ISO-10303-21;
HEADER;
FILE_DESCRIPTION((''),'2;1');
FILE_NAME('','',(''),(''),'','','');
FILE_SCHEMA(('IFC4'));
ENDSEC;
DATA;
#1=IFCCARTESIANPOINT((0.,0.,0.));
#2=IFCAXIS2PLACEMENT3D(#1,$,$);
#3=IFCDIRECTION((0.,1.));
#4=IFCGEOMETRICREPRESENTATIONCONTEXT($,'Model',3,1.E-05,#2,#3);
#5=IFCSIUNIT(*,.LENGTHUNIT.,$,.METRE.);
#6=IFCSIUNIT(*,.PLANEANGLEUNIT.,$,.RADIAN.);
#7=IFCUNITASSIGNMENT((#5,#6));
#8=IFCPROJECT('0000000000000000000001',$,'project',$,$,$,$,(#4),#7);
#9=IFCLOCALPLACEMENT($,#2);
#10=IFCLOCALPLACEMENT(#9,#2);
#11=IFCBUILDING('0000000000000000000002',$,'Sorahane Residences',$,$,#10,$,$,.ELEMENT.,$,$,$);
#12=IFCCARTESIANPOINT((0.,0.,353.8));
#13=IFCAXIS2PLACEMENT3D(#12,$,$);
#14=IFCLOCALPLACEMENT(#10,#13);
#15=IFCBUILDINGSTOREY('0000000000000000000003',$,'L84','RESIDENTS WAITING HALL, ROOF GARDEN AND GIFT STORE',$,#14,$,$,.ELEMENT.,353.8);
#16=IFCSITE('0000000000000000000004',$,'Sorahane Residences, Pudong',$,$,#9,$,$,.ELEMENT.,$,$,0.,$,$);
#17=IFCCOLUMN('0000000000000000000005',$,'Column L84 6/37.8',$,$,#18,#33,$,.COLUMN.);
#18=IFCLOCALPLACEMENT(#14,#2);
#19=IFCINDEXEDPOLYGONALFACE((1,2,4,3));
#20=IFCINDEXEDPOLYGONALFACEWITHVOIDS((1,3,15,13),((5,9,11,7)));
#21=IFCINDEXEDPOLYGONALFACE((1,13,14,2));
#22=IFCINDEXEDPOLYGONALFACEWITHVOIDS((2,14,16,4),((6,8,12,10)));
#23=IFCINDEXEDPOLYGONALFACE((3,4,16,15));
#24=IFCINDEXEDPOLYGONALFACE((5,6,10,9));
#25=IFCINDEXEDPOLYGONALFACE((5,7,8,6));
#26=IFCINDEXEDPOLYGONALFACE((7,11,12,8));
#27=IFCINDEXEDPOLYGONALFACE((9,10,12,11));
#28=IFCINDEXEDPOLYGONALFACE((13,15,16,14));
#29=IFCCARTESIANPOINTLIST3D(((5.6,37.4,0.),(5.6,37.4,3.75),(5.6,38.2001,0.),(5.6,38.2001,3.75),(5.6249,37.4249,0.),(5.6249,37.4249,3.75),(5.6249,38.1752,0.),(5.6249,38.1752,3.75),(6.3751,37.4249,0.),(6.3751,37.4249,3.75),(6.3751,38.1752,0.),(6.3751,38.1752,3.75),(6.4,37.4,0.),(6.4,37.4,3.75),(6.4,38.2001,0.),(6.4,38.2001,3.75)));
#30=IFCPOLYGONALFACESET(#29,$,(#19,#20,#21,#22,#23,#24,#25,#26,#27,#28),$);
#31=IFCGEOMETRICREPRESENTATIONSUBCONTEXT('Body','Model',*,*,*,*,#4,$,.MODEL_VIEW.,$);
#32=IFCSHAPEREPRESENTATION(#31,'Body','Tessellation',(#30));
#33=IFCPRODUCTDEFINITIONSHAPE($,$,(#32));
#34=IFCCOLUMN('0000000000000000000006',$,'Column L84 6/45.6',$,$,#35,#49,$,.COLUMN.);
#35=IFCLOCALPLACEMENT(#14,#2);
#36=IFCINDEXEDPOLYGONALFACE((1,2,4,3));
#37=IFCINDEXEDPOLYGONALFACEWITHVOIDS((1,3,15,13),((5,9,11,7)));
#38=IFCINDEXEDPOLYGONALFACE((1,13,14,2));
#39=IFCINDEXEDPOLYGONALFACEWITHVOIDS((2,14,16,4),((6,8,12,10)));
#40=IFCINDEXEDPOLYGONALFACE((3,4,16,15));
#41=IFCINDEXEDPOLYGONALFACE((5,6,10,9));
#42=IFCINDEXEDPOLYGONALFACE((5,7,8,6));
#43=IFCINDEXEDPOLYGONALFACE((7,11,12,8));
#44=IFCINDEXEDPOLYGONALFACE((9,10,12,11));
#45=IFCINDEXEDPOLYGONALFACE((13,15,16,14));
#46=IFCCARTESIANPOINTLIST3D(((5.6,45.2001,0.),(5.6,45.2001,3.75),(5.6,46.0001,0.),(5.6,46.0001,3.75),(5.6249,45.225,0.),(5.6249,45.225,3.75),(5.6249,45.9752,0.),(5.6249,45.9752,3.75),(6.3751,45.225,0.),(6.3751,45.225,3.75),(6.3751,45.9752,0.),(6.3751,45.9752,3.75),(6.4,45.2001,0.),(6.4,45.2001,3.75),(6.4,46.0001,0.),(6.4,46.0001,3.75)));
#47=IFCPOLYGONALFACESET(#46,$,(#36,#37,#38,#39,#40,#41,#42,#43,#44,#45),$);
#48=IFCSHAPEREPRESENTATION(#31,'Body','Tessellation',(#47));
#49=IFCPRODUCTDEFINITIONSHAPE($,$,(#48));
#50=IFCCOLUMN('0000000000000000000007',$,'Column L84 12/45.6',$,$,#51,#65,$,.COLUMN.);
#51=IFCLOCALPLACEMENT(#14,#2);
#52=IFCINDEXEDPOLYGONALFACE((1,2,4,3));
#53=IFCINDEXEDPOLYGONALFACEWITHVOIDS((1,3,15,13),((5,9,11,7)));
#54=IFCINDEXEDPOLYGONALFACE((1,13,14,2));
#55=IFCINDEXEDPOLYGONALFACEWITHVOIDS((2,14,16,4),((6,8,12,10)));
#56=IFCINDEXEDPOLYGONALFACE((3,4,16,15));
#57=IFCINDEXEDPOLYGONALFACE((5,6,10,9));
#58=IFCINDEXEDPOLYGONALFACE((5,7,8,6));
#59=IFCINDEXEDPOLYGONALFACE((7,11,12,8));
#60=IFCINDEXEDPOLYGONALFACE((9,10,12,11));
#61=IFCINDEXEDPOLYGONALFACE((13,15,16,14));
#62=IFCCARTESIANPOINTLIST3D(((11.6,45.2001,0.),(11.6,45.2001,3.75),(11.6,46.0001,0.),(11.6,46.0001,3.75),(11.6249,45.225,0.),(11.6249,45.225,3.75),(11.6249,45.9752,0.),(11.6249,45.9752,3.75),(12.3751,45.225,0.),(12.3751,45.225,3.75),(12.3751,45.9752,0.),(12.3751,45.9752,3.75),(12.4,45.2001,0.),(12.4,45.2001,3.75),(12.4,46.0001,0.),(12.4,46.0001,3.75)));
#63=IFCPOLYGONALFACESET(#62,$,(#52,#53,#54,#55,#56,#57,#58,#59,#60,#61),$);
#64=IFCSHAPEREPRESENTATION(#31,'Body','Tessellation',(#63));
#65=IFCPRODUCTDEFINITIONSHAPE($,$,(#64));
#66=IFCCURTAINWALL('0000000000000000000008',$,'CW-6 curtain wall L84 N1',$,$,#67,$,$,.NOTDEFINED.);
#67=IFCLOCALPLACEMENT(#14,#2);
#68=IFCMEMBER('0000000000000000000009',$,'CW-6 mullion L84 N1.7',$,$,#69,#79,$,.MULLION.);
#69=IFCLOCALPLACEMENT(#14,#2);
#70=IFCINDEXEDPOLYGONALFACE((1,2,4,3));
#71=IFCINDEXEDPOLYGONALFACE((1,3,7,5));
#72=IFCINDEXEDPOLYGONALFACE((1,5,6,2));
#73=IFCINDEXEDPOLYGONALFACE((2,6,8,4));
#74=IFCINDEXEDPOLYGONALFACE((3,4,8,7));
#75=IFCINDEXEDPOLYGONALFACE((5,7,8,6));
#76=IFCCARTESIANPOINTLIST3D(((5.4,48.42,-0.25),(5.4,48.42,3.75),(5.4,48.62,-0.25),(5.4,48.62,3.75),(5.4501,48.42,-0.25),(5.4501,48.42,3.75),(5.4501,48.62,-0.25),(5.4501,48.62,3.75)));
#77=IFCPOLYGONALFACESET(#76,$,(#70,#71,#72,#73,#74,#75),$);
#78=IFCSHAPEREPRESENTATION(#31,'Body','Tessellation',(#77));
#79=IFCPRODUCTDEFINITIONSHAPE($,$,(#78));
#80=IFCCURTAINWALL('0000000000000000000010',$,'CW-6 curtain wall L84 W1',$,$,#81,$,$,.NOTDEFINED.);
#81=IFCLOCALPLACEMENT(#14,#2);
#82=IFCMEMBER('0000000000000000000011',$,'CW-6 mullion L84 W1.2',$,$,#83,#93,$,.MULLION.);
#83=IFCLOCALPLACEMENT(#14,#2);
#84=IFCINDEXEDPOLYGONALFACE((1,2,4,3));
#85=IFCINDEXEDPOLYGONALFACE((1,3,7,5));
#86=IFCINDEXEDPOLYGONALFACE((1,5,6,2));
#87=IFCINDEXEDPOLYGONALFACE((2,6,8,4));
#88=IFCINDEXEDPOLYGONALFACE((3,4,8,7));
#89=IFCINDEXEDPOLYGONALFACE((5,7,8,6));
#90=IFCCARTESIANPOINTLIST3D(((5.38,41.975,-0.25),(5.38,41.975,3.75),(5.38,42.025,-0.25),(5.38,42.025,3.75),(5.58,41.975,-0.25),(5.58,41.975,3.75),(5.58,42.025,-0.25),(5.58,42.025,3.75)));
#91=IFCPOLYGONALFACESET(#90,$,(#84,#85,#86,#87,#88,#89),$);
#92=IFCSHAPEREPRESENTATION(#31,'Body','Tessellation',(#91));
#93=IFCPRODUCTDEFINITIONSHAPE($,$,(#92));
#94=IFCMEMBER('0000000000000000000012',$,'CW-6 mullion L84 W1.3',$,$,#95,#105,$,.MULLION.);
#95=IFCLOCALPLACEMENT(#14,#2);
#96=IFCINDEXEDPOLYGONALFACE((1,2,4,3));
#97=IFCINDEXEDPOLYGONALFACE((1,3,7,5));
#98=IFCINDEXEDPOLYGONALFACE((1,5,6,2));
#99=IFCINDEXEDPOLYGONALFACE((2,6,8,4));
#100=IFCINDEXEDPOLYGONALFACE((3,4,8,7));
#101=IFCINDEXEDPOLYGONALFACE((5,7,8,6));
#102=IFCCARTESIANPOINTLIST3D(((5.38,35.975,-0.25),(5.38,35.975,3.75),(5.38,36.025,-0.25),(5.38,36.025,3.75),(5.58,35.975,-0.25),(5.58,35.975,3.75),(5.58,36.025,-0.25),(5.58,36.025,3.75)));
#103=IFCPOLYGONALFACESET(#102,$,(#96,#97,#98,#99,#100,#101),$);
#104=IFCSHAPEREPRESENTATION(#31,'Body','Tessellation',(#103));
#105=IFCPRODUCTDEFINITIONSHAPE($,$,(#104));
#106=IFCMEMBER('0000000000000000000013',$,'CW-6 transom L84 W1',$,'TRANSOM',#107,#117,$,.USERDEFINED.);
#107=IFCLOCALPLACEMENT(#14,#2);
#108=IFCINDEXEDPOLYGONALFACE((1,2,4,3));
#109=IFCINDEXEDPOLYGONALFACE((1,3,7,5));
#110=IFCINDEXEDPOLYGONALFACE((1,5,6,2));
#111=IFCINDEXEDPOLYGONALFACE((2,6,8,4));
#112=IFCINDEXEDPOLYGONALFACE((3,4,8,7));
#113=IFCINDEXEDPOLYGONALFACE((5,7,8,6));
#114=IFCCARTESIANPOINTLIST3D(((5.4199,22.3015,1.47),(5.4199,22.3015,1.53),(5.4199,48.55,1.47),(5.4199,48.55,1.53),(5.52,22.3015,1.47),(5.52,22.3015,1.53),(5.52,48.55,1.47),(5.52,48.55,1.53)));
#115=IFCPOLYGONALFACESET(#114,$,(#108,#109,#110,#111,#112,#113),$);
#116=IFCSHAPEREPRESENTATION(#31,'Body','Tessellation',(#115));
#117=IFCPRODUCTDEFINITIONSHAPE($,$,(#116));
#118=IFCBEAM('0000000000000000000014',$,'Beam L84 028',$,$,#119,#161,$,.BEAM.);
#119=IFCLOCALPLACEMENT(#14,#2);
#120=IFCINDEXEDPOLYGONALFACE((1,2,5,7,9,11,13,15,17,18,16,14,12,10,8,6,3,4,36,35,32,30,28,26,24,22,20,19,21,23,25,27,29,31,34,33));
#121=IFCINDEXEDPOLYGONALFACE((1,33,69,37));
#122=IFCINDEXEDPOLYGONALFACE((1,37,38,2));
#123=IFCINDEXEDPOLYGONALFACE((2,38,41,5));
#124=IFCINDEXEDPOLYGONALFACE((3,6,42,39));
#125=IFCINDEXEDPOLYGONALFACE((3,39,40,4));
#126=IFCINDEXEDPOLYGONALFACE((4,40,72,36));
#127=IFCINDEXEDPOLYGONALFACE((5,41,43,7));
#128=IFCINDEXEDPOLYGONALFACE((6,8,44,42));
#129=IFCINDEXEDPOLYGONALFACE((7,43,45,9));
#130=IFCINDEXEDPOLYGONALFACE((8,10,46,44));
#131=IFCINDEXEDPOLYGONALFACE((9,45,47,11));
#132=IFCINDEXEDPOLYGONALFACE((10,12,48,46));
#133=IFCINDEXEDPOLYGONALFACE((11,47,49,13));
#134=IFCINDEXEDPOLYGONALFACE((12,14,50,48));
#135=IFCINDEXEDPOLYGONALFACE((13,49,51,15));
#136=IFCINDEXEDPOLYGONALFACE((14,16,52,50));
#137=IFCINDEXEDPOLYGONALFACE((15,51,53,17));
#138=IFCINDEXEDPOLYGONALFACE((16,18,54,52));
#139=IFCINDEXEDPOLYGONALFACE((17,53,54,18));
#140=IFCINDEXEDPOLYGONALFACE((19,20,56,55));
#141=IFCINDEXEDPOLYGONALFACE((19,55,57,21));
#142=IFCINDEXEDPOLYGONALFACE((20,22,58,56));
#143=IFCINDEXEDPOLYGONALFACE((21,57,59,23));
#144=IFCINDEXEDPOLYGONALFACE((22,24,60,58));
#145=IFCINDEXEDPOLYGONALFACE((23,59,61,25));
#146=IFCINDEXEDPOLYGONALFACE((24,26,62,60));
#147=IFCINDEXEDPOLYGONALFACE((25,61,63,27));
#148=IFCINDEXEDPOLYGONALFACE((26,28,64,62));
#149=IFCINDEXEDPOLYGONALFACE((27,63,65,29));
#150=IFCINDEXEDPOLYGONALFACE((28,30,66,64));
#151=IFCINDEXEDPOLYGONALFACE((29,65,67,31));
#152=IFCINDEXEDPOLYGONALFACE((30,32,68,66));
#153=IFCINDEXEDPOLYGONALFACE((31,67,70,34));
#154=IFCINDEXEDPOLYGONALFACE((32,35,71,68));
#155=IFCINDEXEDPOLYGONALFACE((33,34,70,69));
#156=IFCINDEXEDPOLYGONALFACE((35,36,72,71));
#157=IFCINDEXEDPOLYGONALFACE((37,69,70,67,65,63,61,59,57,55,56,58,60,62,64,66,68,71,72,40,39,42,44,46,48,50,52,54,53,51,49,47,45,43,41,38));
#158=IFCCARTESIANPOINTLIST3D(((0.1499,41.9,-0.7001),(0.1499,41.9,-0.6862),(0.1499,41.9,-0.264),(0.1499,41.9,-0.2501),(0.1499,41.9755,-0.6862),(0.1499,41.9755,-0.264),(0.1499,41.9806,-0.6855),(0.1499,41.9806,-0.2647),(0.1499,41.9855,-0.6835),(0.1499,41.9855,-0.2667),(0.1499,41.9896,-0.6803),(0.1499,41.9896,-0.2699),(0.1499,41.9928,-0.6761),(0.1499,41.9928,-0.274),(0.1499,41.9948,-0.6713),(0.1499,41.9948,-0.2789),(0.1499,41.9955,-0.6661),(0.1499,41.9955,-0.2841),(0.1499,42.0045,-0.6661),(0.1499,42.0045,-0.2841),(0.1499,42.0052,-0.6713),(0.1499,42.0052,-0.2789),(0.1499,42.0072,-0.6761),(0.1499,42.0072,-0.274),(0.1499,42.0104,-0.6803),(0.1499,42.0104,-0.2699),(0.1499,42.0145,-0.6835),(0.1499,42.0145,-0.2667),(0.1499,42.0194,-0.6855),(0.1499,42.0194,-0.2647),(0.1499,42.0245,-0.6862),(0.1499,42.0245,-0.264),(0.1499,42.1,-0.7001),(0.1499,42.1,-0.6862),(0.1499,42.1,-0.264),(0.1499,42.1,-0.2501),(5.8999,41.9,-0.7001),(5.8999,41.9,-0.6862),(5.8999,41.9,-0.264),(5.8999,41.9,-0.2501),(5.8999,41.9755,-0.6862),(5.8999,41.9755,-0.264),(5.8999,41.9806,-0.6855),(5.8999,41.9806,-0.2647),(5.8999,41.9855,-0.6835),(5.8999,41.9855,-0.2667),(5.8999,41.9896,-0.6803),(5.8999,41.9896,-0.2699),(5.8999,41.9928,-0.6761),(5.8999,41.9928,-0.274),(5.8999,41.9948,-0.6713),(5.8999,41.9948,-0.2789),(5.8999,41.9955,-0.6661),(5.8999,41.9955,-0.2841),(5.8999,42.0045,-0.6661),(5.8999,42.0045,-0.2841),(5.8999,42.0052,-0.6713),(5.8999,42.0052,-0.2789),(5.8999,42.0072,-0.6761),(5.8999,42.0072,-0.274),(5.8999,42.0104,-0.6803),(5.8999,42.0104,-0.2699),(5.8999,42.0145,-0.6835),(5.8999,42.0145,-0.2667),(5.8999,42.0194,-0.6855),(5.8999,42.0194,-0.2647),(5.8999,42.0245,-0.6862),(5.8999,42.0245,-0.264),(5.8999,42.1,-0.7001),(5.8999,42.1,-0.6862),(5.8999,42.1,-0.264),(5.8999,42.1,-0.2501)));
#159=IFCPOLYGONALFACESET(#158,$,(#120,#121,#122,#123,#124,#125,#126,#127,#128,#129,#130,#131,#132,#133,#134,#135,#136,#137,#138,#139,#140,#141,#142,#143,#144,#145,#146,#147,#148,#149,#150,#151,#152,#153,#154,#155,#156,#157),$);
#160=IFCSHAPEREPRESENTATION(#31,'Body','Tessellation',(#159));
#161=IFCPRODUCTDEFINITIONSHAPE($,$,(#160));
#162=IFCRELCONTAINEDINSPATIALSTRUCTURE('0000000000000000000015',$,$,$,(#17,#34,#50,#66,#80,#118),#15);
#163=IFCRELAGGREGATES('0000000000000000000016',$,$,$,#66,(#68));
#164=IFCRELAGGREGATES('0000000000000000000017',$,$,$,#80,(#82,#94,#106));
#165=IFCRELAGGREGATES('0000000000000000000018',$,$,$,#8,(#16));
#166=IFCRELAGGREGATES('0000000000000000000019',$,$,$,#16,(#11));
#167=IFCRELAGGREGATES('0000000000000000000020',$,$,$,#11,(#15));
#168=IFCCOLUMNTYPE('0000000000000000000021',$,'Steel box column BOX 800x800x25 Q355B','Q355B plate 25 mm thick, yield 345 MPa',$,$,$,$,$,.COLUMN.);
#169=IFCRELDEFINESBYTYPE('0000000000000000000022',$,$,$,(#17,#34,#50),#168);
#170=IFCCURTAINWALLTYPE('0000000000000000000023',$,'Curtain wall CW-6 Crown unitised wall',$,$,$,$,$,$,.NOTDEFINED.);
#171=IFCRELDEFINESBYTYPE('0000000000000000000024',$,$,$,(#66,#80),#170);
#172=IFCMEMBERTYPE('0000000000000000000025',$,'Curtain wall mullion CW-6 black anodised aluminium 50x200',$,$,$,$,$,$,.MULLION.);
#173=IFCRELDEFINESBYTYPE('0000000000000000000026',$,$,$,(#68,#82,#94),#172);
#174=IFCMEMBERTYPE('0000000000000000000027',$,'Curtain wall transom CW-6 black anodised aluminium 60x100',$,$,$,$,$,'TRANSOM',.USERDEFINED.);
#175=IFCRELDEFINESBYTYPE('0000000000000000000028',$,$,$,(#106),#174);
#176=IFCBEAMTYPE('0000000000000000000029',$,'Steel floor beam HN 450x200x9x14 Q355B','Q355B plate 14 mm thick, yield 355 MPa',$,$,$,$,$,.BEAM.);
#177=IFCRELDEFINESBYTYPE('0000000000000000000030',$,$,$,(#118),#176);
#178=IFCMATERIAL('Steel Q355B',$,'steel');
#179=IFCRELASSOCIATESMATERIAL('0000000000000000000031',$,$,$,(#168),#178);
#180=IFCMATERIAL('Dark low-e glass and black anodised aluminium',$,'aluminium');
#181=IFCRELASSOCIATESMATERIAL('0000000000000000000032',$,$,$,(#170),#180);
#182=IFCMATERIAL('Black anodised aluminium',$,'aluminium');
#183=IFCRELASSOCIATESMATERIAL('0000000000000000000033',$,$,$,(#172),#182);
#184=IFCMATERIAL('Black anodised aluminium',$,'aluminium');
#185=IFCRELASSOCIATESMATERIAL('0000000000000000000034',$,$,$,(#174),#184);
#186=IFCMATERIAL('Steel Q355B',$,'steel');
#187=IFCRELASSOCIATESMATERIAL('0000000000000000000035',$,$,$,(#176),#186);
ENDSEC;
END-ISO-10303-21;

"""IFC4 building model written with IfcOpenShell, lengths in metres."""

from ifc_helpers import new_model, si_unit, direction, frame, origin, origin_2d, place, context, subcontext, project, spatial, rectangle, hollow_rectangle, i_section, extrude, material, material_profile, profile_set, type_object, element, aggregate, save


model = new_model("IFC4")

# Units and contexts
model_context = context("Model", 3, precision=1e-05, world=origin(), true_north=direction((0.0, 1.0)))
body_context = subcontext(model_context, "Body", "Model", "MODEL_VIEW")
ifc_project = project(units=[si_unit("LENGTHUNIT", "METRE"), si_unit("PLANEANGLEUNIT", "RADIAN")], contexts=[model_context])

# Site, building, storey
site_placement = place(None, origin())
site = spatial("IfcSite", under=ifc_project, at=site_placement, Name="Sorahane Residences, Pudong", CompositionType="ELEMENT", RefElevation=0.0)
building_placement = place(site_placement, origin())
building = spatial("IfcBuilding", under=site, at=building_placement, Name="Sorahane Residences", CompositionType="ELEMENT")
storey_placement = place(building_placement, frame((0.0, 0.0, 353.8)))
storey = spatial("IfcBuildingStorey", under=building, at=storey_placement, Name="L84", Description="RESIDENTS WAITING HALL, ROOF GARDEN AND GIFT STORE", CompositionType="ELEMENT", Elevation=353.8)

# Columns
ifc_material_1 = material(Name="Steel Q355B", Category="steel")
ifc_material_profile_1 = material_profile(ifc_material_1, hollow_rectangle(XDim=0.8, YDim=0.8, WallThickness=0.0249, at=origin_2d()), Name="BOX 800x800x25")
ifc_profile_set_1 = profile_set([ifc_material_profile_1], Name="Steel Q355B")
column_type = type_object("IfcColumnType", Name="Steel box column BOX 800x800x25 Q355B", Description="Q355B plate 25 mm thick, yield 345 MPa", PredefinedType="COLUMN", material=ifc_profile_set_1)
for number, where, z_axis, x_axis, name in (
    (1, (6.0, 37.8, 0.0), (0.0, 0.0, 1.0), (1.0, 0.0, 0.0), "Column L84 6/37.8"),
    (2, (6.0, 45.6001, 0.0), (0.0, 0.0, 1.0), (1.0, 0.0, 0.0), "Column L84 6/45.6"),
    (3, (12.0, 45.6001, 0.0), (0.0, 0.0, 1.0), (1.0, 0.0, 0.0), "Column L84 12/45.6"),
):
    element("IfcColumn", number, at=place(storey_placement, frame(where, z_axis=z_axis, x_axis=x_axis)), inside=storey, type_object=column_type, Name=name, PredefinedType="COLUMN", context=body_context, shape_type="SweptSolid", body=[
        extrude(hollow_rectangle(XDim=0.8, YDim=0.8, WallThickness=0.0249, at=origin_2d()), origin(), (0.0, 0.0, 1.0), 3.75),
    ])

# Curtain wall, member
ifc_material_2 = material(Name="Dark low-e glass and black anodised aluminium", Category="aluminium")
curtain_wall_type = type_object("IfcCurtainWallType", Name="Curtain wall CW-6 Crown unitised wall", PredefinedType="NOTDEFINED", material=ifc_material_2)
curtain_wall_1_placement = place(storey_placement, origin())
curtain_wall_1 = element("IfcCurtainWall", 4, at=curtain_wall_1_placement, inside=storey, type_object=curtain_wall_type, Name="CW-6 curtain wall L84 N1", PredefinedType="NOTDEFINED")
ifc_material_3 = material(Name="Black anodised aluminium", Category="aluminium")
ifc_material_profile_2 = material_profile(ifc_material_3, rectangle(XDim=0.2, YDim=0.05, at=origin_2d()), Name="Curtain wall mullion CW-6 black anodised aluminium 50x200")
ifc_profile_set_2 = profile_set([ifc_material_profile_2], Name="Black anodised aluminium")
member_type_1 = type_object("IfcMemberType", Name="Curtain wall mullion CW-6 black anodised aluminium 50x200", PredefinedType="MULLION", material=ifc_profile_set_2)
member_1_placement = place(storey_placement, frame((5.425, 48.52, -0.25), z_axis=(0.0, 0.0, 1.0), x_axis=(0.0, 1.0, 0.0)))
member_1 = element("IfcMember", 5, at=member_1_placement, type_object=member_type_1, Name="CW-6 mullion L84 N1.7", PredefinedType="MULLION", context=body_context, shape_type="SweptSolid", body=[
    extrude(rectangle(XDim=0.2, YDim=0.05, at=origin_2d()), origin(), (0.0, 0.0, 1.0), 4.0),
])

# Curtain wall, members
curtain_wall_2_placement = place(storey_placement, origin())
curtain_wall_2 = element("IfcCurtainWall", 6, at=curtain_wall_2_placement, inside=storey, type_object=curtain_wall_type, Name="CW-6 curtain wall L84 W1", PredefinedType="NOTDEFINED")
member_2_placement = place(storey_placement, frame((5.48, 42.0, -0.25), z_axis=(0.0, 0.0, 1.0), x_axis=(-1.0, 0.0, 0.0)))
member_2 = element("IfcMember", 7, at=member_2_placement, type_object=member_type_1, Name="CW-6 mullion L84 W1.2", PredefinedType="MULLION", context=body_context, shape_type="SweptSolid", body=[
    extrude(rectangle(XDim=0.2, YDim=0.05, at=origin_2d()), origin(), (0.0, 0.0, 1.0), 4.0),
])
member_3_placement = place(storey_placement, frame((5.48, 36.0, -0.25), z_axis=(0.0, 0.0, 1.0), x_axis=(-1.0, 0.0, 0.0)))
member_3 = element("IfcMember", 8, at=member_3_placement, type_object=member_type_1, Name="CW-6 mullion L84 W1.3", PredefinedType="MULLION", context=body_context, shape_type="SweptSolid", body=[
    extrude(rectangle(XDim=0.2, YDim=0.05, at=origin_2d()), origin(), (0.0, 0.0, 1.0), 4.0),
])
ifc_material_4 = material(Name="Black anodised aluminium", Category="aluminium")
ifc_material_profile_3 = material_profile(ifc_material_4, rectangle(XDim=0.1001, YDim=0.0601, at=origin_2d()), Name="Curtain wall transom CW-6 black anodised aluminium 60x100")
ifc_profile_set_3 = profile_set([ifc_material_profile_3], Name="Black anodised aluminium")
member_type_2 = type_object("IfcMemberType", Name="Curtain wall transom CW-6 black anodised aluminium 60x100", ElementType="TRANSOM", PredefinedType="USERDEFINED", material=ifc_profile_set_3)
member_4_placement = place(storey_placement, frame((5.47, 48.55, 1.5), z_axis=(0.0, -1.0, 0.0), x_axis=(1.0, 0.0, 0.0)))
member_4 = element("IfcMember", 9, at=member_4_placement, type_object=member_type_2, Name="CW-6 transom L84 W1", ObjectType="TRANSOM", PredefinedType="USERDEFINED", context=body_context, shape_type="SweptSolid", body=[
    extrude(rectangle(XDim=0.1001, YDim=0.0601, at=origin_2d()), origin(), (0.0, 0.0, 1.0), 26.2485),
])

# Beam
ifc_material_5 = material(Name="Steel Q355B", Category="steel")
ifc_material_profile_4 = material_profile(ifc_material_5, i_section(OverallWidth=0.2, OverallDepth=0.45, WebThickness=0.009, FlangeThickness=0.0139, FilletRadius=0.02, at=origin_2d()), Name="HN 450x200x9x14")
ifc_profile_set_4 = profile_set([ifc_material_profile_4], Name="Steel Q355B")
beam_type_1 = type_object("IfcBeamType", Name="Steel floor beam HN 450x200x9x14 Q355B", Description="Q355B plate 14 mm thick, yield 355 MPa", PredefinedType="BEAM", material=ifc_profile_set_4)
beam_1_placement = place(storey_placement, frame((0.1499, 42.0, -0.4751), z_axis=(1.0, 0.0, 0.0), x_axis=(0.0, 1.0, 0.0)))
element("IfcBeam", 10, at=beam_1_placement, inside=storey, type_object=beam_type_1, Name="Beam L84 028", PredefinedType="BEAM", context=body_context, shape_type="SweptSolid", body=[
    extrude(i_section(OverallWidth=0.2, OverallDepth=0.45, WebThickness=0.009, FlangeThickness=0.0139, FilletRadius=0.02, at=origin_2d()), origin(), (0.0, 0.0, 1.0), 5.75),
])

aggregate(curtain_wall_1, [member_1])
aggregate(curtain_wall_2, [member_2, member_3, member_4])

save(model, "model.ifc")
